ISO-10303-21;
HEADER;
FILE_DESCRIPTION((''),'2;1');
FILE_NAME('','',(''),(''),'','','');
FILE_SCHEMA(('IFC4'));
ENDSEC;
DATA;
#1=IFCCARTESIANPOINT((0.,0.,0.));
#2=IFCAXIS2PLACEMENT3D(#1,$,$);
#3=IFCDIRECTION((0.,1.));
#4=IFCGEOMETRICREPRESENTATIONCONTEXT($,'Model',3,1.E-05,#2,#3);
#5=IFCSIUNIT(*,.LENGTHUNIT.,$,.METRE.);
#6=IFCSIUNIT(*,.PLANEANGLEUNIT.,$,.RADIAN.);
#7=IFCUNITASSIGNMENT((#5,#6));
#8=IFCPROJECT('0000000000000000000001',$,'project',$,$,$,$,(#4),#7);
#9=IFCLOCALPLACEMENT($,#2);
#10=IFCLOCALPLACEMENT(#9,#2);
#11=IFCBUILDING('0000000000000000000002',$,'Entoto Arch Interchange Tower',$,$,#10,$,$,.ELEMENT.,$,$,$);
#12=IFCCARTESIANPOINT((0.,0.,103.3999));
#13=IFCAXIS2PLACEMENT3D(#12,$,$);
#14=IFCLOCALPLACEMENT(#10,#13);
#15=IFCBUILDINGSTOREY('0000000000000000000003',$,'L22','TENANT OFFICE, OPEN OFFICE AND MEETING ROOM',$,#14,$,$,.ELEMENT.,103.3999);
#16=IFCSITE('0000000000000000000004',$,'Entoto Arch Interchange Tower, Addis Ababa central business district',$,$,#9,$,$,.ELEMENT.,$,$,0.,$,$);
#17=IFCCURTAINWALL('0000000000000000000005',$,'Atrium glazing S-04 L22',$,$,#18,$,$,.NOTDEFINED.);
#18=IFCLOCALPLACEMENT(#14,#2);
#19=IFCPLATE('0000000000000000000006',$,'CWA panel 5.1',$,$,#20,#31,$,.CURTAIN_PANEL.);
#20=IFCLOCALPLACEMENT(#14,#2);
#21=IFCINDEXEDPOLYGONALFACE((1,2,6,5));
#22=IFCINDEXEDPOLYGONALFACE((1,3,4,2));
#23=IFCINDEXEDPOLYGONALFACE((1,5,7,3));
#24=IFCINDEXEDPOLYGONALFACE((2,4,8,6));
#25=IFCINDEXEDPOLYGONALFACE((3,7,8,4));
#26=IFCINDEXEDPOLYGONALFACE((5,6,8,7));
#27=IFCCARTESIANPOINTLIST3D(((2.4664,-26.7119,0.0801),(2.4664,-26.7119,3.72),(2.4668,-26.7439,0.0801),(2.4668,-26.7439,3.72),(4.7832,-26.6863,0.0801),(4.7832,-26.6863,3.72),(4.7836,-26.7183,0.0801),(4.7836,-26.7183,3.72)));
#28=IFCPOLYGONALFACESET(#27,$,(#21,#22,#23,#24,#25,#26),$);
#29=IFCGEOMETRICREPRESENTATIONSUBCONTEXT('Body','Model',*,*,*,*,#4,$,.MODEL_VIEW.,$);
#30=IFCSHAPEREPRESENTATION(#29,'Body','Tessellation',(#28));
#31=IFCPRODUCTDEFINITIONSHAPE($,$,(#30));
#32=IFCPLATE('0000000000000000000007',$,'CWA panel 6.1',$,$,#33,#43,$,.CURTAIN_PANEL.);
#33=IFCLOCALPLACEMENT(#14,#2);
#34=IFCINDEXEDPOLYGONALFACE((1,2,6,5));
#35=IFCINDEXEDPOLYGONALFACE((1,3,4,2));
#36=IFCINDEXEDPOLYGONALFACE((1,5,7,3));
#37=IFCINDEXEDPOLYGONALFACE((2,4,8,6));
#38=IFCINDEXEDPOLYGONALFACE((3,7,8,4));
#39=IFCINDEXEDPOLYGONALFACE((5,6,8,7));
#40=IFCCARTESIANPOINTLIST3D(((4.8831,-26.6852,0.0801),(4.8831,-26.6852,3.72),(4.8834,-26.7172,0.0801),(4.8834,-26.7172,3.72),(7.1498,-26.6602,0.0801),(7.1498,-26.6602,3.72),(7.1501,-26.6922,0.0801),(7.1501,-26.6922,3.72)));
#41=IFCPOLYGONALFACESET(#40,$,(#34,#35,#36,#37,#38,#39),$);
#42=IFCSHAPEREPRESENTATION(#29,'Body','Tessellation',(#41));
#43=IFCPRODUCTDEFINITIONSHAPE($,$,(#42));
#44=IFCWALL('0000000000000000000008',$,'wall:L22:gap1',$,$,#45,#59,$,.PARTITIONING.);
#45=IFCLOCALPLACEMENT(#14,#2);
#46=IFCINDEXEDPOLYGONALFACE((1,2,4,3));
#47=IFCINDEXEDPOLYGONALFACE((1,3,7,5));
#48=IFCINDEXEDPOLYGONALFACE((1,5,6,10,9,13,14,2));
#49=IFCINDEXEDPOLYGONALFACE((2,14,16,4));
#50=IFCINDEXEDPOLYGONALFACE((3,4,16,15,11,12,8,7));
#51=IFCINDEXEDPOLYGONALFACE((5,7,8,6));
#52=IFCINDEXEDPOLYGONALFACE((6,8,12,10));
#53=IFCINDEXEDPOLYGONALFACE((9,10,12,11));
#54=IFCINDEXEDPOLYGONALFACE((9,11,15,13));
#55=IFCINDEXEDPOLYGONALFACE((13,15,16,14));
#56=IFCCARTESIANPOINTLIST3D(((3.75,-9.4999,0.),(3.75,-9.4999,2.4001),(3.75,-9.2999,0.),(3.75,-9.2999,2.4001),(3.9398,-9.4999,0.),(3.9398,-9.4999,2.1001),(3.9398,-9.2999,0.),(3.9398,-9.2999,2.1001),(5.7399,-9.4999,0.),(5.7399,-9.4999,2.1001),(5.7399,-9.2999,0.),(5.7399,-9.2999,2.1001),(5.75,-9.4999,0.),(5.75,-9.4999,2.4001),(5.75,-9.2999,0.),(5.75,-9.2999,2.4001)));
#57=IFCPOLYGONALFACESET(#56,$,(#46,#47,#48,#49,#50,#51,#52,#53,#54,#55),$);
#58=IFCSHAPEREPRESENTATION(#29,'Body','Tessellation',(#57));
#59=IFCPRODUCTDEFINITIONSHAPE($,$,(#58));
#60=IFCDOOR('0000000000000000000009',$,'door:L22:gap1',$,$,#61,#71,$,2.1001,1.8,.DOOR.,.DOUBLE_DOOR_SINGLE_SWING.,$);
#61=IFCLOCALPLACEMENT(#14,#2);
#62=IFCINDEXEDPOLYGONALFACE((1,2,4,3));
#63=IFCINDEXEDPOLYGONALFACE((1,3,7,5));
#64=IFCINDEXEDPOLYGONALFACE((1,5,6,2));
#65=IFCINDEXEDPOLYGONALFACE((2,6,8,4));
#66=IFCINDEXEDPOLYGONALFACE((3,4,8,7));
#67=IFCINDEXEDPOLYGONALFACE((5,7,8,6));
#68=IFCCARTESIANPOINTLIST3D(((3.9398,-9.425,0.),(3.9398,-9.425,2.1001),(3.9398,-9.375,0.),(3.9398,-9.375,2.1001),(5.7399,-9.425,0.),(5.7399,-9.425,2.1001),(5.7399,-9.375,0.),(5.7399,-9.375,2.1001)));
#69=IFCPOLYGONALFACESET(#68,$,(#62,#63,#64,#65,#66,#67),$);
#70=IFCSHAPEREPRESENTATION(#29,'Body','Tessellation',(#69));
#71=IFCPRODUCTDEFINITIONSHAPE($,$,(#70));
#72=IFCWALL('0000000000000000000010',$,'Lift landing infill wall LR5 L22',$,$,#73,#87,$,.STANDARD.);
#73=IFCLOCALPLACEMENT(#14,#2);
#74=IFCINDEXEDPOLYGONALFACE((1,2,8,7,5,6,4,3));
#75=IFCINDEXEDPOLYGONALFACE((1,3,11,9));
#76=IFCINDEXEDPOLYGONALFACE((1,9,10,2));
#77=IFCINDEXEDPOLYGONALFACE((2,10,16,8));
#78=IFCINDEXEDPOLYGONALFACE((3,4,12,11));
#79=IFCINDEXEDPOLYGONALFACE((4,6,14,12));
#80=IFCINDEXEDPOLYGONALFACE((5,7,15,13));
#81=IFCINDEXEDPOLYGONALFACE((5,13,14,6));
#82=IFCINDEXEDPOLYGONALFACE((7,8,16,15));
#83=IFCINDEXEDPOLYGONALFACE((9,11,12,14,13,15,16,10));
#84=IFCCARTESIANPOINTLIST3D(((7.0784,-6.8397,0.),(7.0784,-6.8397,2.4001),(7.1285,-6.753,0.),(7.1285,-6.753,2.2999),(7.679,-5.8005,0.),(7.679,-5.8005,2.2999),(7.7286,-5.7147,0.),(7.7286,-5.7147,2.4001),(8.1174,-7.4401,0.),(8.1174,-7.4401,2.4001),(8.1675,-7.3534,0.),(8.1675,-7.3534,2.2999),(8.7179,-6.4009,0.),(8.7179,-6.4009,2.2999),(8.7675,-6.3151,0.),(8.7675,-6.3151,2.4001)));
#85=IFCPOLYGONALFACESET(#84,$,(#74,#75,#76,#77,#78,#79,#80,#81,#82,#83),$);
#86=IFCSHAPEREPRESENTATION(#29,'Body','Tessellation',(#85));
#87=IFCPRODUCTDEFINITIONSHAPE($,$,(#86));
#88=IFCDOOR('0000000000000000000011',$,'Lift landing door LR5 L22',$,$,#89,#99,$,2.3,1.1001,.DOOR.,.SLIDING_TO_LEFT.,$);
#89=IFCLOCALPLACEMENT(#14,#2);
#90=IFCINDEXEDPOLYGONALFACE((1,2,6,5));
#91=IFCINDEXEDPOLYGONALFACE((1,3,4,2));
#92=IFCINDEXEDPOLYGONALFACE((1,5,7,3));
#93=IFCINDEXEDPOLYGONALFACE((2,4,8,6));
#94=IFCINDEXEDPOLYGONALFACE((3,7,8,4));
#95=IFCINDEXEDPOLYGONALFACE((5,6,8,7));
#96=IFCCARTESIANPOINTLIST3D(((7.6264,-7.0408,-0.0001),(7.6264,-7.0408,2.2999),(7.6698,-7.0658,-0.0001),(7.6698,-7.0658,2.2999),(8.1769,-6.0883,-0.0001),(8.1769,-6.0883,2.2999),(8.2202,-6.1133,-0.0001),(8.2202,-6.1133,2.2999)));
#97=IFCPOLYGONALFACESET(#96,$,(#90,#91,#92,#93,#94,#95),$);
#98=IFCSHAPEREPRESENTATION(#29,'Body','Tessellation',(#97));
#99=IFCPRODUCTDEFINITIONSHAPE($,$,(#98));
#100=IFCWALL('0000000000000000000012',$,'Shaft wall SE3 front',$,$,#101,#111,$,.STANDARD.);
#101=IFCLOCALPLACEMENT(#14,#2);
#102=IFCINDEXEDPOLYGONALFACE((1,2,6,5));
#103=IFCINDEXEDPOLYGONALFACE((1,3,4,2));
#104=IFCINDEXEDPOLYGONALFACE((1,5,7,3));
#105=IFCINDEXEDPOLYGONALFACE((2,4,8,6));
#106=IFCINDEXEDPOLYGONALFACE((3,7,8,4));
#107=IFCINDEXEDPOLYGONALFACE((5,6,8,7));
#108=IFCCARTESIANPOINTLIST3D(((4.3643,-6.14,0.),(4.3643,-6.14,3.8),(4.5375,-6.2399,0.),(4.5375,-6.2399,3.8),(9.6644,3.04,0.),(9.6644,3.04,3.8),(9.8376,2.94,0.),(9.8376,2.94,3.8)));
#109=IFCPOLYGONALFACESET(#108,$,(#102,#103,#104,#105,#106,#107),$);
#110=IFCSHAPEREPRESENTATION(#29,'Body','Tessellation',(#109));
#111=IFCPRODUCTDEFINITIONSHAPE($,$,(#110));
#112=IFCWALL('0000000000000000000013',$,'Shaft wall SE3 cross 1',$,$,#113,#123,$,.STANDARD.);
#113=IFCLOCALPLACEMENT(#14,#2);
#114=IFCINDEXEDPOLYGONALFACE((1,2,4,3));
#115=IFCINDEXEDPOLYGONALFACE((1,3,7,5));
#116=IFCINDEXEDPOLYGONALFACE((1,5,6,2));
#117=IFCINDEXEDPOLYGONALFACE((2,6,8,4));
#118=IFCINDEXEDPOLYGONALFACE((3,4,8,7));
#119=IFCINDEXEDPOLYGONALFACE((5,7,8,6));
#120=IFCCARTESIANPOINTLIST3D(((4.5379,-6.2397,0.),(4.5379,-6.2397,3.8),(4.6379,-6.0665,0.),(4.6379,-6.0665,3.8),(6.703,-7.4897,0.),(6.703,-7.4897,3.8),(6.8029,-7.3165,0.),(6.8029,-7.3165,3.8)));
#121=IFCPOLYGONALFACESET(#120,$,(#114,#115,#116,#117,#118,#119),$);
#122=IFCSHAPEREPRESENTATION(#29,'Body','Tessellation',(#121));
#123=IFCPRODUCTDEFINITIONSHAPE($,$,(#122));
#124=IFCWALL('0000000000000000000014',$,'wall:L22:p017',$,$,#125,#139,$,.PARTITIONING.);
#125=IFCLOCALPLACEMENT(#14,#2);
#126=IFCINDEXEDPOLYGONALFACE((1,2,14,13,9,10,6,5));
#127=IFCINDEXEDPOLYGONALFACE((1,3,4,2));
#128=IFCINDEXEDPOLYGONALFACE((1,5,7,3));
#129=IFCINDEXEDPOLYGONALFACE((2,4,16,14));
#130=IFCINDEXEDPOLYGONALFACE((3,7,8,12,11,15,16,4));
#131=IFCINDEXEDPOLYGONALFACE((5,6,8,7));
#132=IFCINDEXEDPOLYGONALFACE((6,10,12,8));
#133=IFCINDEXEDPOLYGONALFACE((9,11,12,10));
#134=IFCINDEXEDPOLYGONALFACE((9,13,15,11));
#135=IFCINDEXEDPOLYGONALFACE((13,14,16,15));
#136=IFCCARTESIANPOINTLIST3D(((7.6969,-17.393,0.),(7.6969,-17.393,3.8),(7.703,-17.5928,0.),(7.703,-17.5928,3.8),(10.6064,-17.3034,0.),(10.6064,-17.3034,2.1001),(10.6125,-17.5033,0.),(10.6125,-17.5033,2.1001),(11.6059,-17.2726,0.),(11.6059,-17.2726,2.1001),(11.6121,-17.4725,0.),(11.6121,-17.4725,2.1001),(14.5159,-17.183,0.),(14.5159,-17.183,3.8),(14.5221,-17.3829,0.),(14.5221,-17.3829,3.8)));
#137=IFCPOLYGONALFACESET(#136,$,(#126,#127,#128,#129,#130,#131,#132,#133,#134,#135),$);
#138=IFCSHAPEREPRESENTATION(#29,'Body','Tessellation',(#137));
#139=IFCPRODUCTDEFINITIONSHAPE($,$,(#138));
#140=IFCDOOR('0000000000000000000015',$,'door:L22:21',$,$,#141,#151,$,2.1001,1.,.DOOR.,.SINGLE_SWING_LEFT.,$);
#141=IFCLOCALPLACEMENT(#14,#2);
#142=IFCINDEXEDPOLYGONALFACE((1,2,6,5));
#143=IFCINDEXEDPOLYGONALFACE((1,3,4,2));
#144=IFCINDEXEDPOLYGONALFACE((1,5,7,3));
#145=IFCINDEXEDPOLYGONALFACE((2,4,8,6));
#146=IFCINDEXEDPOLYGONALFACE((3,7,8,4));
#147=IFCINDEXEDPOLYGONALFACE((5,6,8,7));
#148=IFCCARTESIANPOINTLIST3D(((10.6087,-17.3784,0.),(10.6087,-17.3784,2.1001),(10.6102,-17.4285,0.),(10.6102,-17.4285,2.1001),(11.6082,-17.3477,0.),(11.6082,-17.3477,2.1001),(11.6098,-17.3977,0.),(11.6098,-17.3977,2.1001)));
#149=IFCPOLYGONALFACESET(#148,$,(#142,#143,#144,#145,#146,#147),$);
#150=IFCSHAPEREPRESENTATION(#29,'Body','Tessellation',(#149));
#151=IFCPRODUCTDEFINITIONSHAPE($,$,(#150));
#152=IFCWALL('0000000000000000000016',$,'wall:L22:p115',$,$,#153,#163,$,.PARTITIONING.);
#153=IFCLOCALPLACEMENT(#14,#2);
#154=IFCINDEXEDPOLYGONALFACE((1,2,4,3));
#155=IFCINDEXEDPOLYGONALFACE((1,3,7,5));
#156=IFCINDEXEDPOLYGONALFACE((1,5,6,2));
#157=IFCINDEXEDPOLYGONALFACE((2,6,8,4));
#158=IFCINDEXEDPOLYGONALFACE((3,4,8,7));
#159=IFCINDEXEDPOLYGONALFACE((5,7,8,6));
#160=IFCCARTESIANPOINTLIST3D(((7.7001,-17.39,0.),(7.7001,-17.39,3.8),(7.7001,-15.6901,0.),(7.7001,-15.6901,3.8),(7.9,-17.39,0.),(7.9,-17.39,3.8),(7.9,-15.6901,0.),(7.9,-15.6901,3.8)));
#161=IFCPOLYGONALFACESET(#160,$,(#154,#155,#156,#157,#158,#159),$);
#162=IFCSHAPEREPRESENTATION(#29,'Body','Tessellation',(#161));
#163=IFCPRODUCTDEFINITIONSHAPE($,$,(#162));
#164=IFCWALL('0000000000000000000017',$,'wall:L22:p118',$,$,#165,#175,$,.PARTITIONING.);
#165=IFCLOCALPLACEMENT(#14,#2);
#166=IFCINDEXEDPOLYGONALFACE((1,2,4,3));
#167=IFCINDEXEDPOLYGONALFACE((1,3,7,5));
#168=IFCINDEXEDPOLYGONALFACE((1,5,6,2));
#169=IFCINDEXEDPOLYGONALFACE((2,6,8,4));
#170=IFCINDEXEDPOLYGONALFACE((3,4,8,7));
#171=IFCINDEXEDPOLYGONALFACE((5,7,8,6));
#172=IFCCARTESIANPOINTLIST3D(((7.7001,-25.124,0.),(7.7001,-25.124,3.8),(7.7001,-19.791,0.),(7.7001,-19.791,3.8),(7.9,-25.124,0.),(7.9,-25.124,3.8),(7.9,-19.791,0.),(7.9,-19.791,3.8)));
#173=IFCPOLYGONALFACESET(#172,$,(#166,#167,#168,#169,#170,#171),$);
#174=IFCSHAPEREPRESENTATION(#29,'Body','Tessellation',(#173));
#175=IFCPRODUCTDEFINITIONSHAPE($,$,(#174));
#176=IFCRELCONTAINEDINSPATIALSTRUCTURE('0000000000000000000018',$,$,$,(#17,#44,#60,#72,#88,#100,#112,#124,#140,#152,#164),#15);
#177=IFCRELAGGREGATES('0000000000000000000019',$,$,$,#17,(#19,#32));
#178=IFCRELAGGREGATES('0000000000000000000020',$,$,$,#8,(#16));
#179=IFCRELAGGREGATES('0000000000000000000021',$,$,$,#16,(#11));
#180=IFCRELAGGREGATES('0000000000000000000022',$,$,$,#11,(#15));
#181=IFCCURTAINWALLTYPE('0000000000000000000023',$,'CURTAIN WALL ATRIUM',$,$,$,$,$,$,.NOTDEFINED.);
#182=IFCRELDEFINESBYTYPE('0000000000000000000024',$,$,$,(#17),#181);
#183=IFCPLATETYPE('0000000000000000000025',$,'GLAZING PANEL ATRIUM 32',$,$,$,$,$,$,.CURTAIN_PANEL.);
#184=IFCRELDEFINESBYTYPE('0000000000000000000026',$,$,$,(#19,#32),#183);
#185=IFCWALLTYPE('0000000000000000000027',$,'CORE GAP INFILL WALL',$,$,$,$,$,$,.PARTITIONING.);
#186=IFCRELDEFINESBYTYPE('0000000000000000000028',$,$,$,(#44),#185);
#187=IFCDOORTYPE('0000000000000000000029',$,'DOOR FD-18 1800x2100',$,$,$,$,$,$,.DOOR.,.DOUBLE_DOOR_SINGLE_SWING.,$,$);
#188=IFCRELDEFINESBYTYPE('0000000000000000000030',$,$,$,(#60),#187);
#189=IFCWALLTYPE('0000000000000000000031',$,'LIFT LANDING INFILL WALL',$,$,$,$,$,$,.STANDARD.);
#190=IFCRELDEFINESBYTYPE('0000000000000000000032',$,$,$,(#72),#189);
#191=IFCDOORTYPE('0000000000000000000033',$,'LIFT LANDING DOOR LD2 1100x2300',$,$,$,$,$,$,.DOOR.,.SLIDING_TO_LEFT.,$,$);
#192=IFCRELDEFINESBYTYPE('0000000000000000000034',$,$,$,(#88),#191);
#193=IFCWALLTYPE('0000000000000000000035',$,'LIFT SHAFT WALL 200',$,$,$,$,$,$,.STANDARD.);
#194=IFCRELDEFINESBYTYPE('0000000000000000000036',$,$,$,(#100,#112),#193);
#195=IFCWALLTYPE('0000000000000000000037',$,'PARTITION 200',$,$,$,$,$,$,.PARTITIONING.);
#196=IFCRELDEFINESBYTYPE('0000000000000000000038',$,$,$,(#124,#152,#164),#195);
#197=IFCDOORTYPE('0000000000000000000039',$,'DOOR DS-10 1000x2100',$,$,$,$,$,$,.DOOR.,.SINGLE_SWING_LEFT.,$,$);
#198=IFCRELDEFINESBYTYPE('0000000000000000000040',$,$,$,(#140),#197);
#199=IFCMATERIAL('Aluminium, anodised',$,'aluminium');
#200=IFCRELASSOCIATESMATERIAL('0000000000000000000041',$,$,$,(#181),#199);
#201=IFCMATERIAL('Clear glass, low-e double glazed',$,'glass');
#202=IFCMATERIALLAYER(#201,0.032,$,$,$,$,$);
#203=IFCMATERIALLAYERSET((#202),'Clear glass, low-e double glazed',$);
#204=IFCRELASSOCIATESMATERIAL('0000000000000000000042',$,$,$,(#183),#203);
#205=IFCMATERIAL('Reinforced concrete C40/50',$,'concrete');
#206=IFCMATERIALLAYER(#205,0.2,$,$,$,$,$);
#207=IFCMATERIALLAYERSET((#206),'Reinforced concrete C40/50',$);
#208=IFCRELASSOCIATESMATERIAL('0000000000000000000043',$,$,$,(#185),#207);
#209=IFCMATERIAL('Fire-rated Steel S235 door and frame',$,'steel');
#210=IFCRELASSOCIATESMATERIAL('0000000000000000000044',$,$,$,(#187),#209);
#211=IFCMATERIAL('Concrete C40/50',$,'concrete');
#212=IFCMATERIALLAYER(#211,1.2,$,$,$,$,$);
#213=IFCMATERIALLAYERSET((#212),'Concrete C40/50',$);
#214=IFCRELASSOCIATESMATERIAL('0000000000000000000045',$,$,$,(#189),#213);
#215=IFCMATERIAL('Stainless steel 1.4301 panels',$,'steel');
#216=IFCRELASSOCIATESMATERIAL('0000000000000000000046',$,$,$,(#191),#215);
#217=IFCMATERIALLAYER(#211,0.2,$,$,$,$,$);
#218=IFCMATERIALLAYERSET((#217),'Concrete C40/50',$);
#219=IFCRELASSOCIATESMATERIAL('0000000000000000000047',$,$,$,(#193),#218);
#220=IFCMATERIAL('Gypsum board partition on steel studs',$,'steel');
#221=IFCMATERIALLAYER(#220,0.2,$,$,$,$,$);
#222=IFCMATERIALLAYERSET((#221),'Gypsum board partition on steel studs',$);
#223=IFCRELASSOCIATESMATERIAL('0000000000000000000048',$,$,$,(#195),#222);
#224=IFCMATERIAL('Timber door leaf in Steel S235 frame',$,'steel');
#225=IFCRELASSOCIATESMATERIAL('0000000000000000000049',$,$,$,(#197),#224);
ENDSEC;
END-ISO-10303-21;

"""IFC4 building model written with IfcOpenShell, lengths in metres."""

from ifc_helpers import new_model, si_unit, direction, frame, frame_2d, origin, origin_2d, place, context, subcontext, project, spatial, rectangle, extrude, material, layer, layer_set, type_object, element, fill, aggregate, save


model = new_model("IFC4")

# Units and contexts
model_context = context("Model", 3, precision=1e-05, world=origin(), true_north=direction((0.0, 1.0)))
body_context = subcontext(model_context, "Body", "Model", "MODEL_VIEW")
ifc_project = project(units=[si_unit("LENGTHUNIT", "METRE"), si_unit("PLANEANGLEUNIT", "RADIAN")], contexts=[model_context])

# Site, building, storey
site_placement = place(None, origin())
site = spatial("IfcSite", under=ifc_project, at=site_placement, Name="Entoto Arch Interchange Tower, Addis Ababa central business district", CompositionType="ELEMENT", RefElevation=0.0)
building_placement = place(site_placement, origin())
building = spatial("IfcBuilding", under=site, at=building_placement, Name="Entoto Arch Interchange Tower", CompositionType="ELEMENT")
storey_placement = place(building_placement, frame((0.0, 0.0, 103.3999)))
storey = spatial("IfcBuildingStorey", under=building, at=storey_placement, Name="L22", Description="TENANT OFFICE, OPEN OFFICE AND MEETING ROOM", CompositionType="ELEMENT", Elevation=103.3999)

# Curtain wall, plates
ifc_material_1 = material(Name="Aluminium, anodised", Category="aluminium")
curtain_wall_type = type_object("IfcCurtainWallType", Name="CURTAIN WALL ATRIUM", PredefinedType="NOTDEFINED", material=ifc_material_1)
curtain_wall_placement = place(storey_placement, origin())
curtain_wall = element("IfcCurtainWall", 1, at=curtain_wall_placement, inside=storey, type_object=curtain_wall_type, Name="Atrium glazing S-04 L22", PredefinedType="NOTDEFINED")
ifc_material_2 = material(Name="Clear glass, low-e double glazed", Category="glass")
ifc_layer_1 = layer(ifc_material_2, 0.032)
ifc_layer_set_1 = layer_set([ifc_layer_1], Name="Clear glass, low-e double glazed")
plate_type = type_object("IfcPlateType", Name="GLAZING PANEL ATRIUM 32", PredefinedType="CURTAIN_PANEL", material=ifc_layer_set_1)
plate_1_placement = place(storey_placement, frame((3.625, -26.7151, 0.0801), z_axis=(0.0, 0.0, 1.0), x_axis=(0.999939, 0.011034, 0.0)))
plate_1 = element("IfcPlate", 2, at=plate_1_placement, type_object=plate_type, Name="CWA panel 5.1", PredefinedType="CURTAIN_PANEL", context=body_context, shape_type="SweptSolid", body=[
    extrude(rectangle(XDim=2.3169, YDim=0.032, at=origin_2d()), origin(), (0.0, 0.0, 1.0), 3.6399),
])
plate_2_placement = place(storey_placement, frame((6.0166, -26.6887, 0.0801), z_axis=(0.0, 0.0, 1.0), x_axis=(0.999939, 0.011034, 0.0)))
plate_2 = element("IfcPlate", 3, at=plate_2_placement, type_object=plate_type, Name="CWA panel 6.1", PredefinedType="CURTAIN_PANEL", context=body_context, shape_type="SweptSolid", body=[
    extrude(rectangle(XDim=2.2668, YDim=0.032, at=origin_2d()), origin(), (0.0, 0.0, 1.0), 3.6399),
])
aggregate(curtain_wall, [plate_1, plate_2])

# Walls, openings, doors
ifc_material_3 = material(Name="Reinforced concrete C40/50", Category="concrete")
ifc_layer_2 = layer(ifc_material_3, 0.2)
ifc_layer_set_2 = layer_set([ifc_layer_2], Name="Reinforced concrete C40/50")
wall_type_1 = type_object("IfcWallType", Name="CORE GAP INFILL WALL", PredefinedType="PARTITIONING", material=ifc_layer_set_2)
wall_1_placement = place(storey_placement, frame((3.75, -9.3999, 0.0), z_axis=(0.0, 0.0, 1.0), x_axis=(1.0, 0.0, 0.0)))
wall_1 = element("IfcWall", 4, at=wall_1_placement, inside=storey, type_object=wall_type_1, Name="wall:L22:gap1", PredefinedType="PARTITIONING", context=body_context, shape_type="SweptSolid", body=[
    extrude(rectangle(XDim=2.0, YDim=0.2, at=frame_2d((1.0, 0.0))), origin(), (0.0, 0.0, 1.0), 2.4001),
])
opening_1_placement = place(wall_1_placement, frame((0.1899, 0.0, 0.0)))
opening_1 = element("IfcOpeningElement", 5, at=opening_1_placement, cuts=wall_1, PredefinedType="OPENING", context=body_context, shape_type="SweptSolid", body=[
    extrude(rectangle(XDim=1.8, YDim=2.1001, at=frame_2d((0.8999, 1.05))), frame((0.0, 0.1099, 0.0), z_axis=(0.0, -1.0, 0.0), x_axis=(1.0, 0.0, 0.0)), (0.0, 0.0, 1.0), 0.22),
])
ifc_material_4 = material(Name="Fire-rated Steel S235 door and frame", Category="steel")
door_type_1 = type_object("IfcDoorType", Name="DOOR FD-18 1800x2100", OperationType="DOUBLE_DOOR_SINGLE_SWING", PredefinedType="DOOR", material=ifc_material_4)
door_1_placement = place(opening_1_placement, origin())
door_1 = element("IfcDoor", 6, at=door_1_placement, inside=storey, type_object=door_type_1, Name="door:L22:gap1", OperationType="DOUBLE_DOOR_SINGLE_SWING", OverallHeight=2.1001, OverallWidth=1.8, PredefinedType="DOOR", context=body_context, shape_type="SweptSolid", body=[
    extrude(rectangle(XDim=1.8, YDim=2.1001, at=frame_2d((0.8999, 1.05))), frame((0.0, 0.0249, 0.0), z_axis=(0.0, -1.0, 0.0), x_axis=(1.0, 0.0, 0.0)), (0.0, 0.0, 1.0), 0.05),
])
fill(opening_1, door_1)
ifc_material_5 = material(Name="Concrete C40/50", Category="concrete")
ifc_layer_3 = layer(ifc_material_5, 1.2)
ifc_layer_set_3 = layer_set([ifc_layer_3], Name="Concrete C40/50")
wall_type_2 = type_object("IfcWallType", Name="LIFT LANDING INFILL WALL", PredefinedType="STANDARD", material=ifc_layer_set_3)
wall_2_placement = place(storey_placement, frame((7.5979, -7.1399, 0.0), z_axis=(0.0, 0.0, 1.0), x_axis=(0.500362, 0.865816, 0.0)))
wall_2 = element("IfcWall", 7, at=wall_2_placement, inside=storey, type_object=wall_type_2, Name="Lift landing infill wall LR5 L22", PredefinedType="STANDARD", context=body_context, shape_type="SweptSolid", body=[
    extrude(rectangle(XDim=1.2993, YDim=1.2, at=frame_2d((0.6497, 0.0))), origin(), (0.0, 0.0, 1.0), 2.4001),
])
opening_2_placement = place(wall_2_placement, frame((0.1001, 0.0, 0.0)))
opening_2 = element("IfcOpeningElement", 8, at=opening_2_placement, cuts=wall_2, PredefinedType="OPENING", context=body_context, shape_type="SweptSolid", body=[
    extrude(rectangle(XDim=1.1001, YDim=2.3, at=frame_2d((0.55, 1.1499))), frame((0.0, 0.6099, 0.0), z_axis=(0.0, -1.0, 0.0), x_axis=(1.0, 0.0, 0.0)), (0.0, 0.0, 1.0), 1.22),
])
ifc_material_6 = material(Name="Stainless steel 1.4301 panels", Category="steel")
door_type_2 = type_object("IfcDoorType", Name="LIFT LANDING DOOR LD2 1100x2300", OperationType="SLIDING_TO_LEFT", PredefinedType="DOOR", material=ifc_material_6)
door_2_placement = place(opening_2_placement, origin())
door_2 = element("IfcDoor", 9, at=door_2_placement, inside=storey, type_object=door_type_2, Name="Lift landing door LR5 L22", OperationType="SLIDING_TO_LEFT", OverallHeight=2.3, OverallWidth=1.1001, PredefinedType="DOOR", context=body_context, shape_type="SweptSolid", body=[
    extrude(rectangle(XDim=1.1001, YDim=2.3, at=frame_2d((0.55, 1.1499))), frame((0.0, 0.0249, 0.0), z_axis=(0.0, -1.0, 0.0), x_axis=(1.0, 0.0, 0.0)), (0.0, 0.0, 1.0), 0.05),
])
fill(opening_2, door_2)

# Walls
ifc_layer_4 = layer(ifc_material_5, 0.2)
ifc_layer_set_4 = layer_set([ifc_layer_4], Name="Concrete C40/50")
wall_type_3 = type_object("IfcWallType", Name="LIFT SHAFT WALL 200", PredefinedType="STANDARD", material=ifc_layer_set_4)
wall_3_placement = place(storey_placement, frame((4.4509, -6.1899, 0.0), z_axis=(0.0, 0.0, 1.0), x_axis=(0.500001, 0.866025, 0.0)))
element("IfcWall", 10, at=wall_3_placement, inside=storey, type_object=wall_type_3, Name="Shaft wall SE3 front", PredefinedType="STANDARD", context=body_context, shape_type="SweptSolid", body=[
    extrude(rectangle(XDim=10.6001, YDim=0.2, at=frame_2d((5.3, 0.0))), origin(), (0.0, 0.0, 1.0), 3.8),
])
wall_4_placement = place(storey_placement, frame((4.5879, -6.1531, 0.0), z_axis=(0.0, 0.0, 1.0), x_axis=(0.866023, -0.500004, 0.0)))
element("IfcWall", 11, at=wall_4_placement, inside=storey, type_object=wall_type_3, Name="Shaft wall SE3 cross 1", PredefinedType="STANDARD", context=body_context, shape_type="SweptSolid", body=[
    extrude(rectangle(XDim=2.5, YDim=0.2, at=frame_2d((1.25, 0.0))), origin(), (0.0, 0.0, 1.0), 3.8),
])

# Wall, opening, door
ifc_material_7 = material(Name="Gypsum board partition on steel studs", Category="steel")
ifc_layer_5 = layer(ifc_material_7, 0.2)
ifc_layer_set_5 = layer_set([ifc_layer_5], Name="Gypsum board partition on steel studs")
wall_type_4 = type_object("IfcWallType", Name="PARTITION 200", PredefinedType="PARTITIONING", material=ifc_layer_set_5)
wall_5_placement = place(storey_placement, frame((7.7, -17.4929, 0.0), z_axis=(0.0, 0.0, 1.0), x_axis=(0.999526, 0.030776, 0.0)))
wall_5 = element("IfcWall", 12, at=wall_5_placement, inside=storey, type_object=wall_type_4, Name="wall:L22:p017", PredefinedType="PARTITIONING", context=body_context, shape_type="SweptSolid", body=[
    extrude(rectangle(XDim=6.8223, YDim=0.2, at=frame_2d((3.4111, 0.0))), origin(), (0.0, 0.0, 1.0), 3.8),
])
opening_3_placement = place(wall_5_placement, frame((2.9109, 0.0, 0.0)))
opening_3 = element("IfcOpeningElement", 13, at=opening_3_placement, cuts=wall_5, PredefinedType="OPENING", context=body_context, shape_type="SweptSolid", body=[
    extrude(rectangle(XDim=1.0, YDim=2.1001, at=frame_2d((0.5, 1.05))), frame((0.0, 0.1099, 0.0), z_axis=(0.0, -1.0, 0.0), x_axis=(1.0, 0.0, 0.0)), (0.0, 0.0, 1.0), 0.22),
])
ifc_material_8 = material(Name="Timber door leaf in Steel S235 frame", Category="steel")
door_type_3 = type_object("IfcDoorType", Name="DOOR DS-10 1000x2100", OperationType="SINGLE_SWING_LEFT", PredefinedType="DOOR", material=ifc_material_8)
door_3_placement = place(opening_3_placement, origin())
door_3 = element("IfcDoor", 14, at=door_3_placement, inside=storey, type_object=door_type_3, Name="door:L22:21", OperationType="SINGLE_SWING_LEFT", OverallHeight=2.1001, OverallWidth=1.0, PredefinedType="DOOR", context=body_context, shape_type="SweptSolid", body=[
    extrude(rectangle(XDim=1.0, YDim=2.1001, at=frame_2d((0.5, 1.05))), frame((0.0, 0.0249, 0.0), z_axis=(0.0, -1.0, 0.0), x_axis=(1.0, 0.0, 0.0)), (0.0, 0.0, 1.0), 0.05),
])
fill(opening_3, door_3)

# Walls
wall_6_placement = place(storey_placement, frame((7.8, -15.6899, 0.0), z_axis=(0.0, 0.0, 1.0), x_axis=(0.0, -1.0, 0.0)))
element("IfcWall", 15, at=wall_6_placement, inside=storey, type_object=wall_type_4, Name="wall:L22:p115", PredefinedType="PARTITIONING", context=body_context, shape_type="SweptSolid", body=[
    extrude(rectangle(XDim=1.7, YDim=0.2, at=frame_2d((0.8501, 0.0))), origin(), (0.0, 0.0, 1.0), 3.8),
])
wall_7_placement = place(storey_placement, frame((7.8, -19.791, 0.0), z_axis=(0.0, 0.0, 1.0), x_axis=(0.0, -1.0, 0.0)))
element("IfcWall", 16, at=wall_7_placement, inside=storey, type_object=wall_type_4, Name="wall:L22:p118", PredefinedType="PARTITIONING", context=body_context, shape_type="SweptSolid", body=[
    extrude(rectangle(XDim=5.333, YDim=0.2, at=frame_2d((2.6665, 0.0))), origin(), (0.0, 0.0, 1.0), 3.8),
])

save(model, "model.ifc")
